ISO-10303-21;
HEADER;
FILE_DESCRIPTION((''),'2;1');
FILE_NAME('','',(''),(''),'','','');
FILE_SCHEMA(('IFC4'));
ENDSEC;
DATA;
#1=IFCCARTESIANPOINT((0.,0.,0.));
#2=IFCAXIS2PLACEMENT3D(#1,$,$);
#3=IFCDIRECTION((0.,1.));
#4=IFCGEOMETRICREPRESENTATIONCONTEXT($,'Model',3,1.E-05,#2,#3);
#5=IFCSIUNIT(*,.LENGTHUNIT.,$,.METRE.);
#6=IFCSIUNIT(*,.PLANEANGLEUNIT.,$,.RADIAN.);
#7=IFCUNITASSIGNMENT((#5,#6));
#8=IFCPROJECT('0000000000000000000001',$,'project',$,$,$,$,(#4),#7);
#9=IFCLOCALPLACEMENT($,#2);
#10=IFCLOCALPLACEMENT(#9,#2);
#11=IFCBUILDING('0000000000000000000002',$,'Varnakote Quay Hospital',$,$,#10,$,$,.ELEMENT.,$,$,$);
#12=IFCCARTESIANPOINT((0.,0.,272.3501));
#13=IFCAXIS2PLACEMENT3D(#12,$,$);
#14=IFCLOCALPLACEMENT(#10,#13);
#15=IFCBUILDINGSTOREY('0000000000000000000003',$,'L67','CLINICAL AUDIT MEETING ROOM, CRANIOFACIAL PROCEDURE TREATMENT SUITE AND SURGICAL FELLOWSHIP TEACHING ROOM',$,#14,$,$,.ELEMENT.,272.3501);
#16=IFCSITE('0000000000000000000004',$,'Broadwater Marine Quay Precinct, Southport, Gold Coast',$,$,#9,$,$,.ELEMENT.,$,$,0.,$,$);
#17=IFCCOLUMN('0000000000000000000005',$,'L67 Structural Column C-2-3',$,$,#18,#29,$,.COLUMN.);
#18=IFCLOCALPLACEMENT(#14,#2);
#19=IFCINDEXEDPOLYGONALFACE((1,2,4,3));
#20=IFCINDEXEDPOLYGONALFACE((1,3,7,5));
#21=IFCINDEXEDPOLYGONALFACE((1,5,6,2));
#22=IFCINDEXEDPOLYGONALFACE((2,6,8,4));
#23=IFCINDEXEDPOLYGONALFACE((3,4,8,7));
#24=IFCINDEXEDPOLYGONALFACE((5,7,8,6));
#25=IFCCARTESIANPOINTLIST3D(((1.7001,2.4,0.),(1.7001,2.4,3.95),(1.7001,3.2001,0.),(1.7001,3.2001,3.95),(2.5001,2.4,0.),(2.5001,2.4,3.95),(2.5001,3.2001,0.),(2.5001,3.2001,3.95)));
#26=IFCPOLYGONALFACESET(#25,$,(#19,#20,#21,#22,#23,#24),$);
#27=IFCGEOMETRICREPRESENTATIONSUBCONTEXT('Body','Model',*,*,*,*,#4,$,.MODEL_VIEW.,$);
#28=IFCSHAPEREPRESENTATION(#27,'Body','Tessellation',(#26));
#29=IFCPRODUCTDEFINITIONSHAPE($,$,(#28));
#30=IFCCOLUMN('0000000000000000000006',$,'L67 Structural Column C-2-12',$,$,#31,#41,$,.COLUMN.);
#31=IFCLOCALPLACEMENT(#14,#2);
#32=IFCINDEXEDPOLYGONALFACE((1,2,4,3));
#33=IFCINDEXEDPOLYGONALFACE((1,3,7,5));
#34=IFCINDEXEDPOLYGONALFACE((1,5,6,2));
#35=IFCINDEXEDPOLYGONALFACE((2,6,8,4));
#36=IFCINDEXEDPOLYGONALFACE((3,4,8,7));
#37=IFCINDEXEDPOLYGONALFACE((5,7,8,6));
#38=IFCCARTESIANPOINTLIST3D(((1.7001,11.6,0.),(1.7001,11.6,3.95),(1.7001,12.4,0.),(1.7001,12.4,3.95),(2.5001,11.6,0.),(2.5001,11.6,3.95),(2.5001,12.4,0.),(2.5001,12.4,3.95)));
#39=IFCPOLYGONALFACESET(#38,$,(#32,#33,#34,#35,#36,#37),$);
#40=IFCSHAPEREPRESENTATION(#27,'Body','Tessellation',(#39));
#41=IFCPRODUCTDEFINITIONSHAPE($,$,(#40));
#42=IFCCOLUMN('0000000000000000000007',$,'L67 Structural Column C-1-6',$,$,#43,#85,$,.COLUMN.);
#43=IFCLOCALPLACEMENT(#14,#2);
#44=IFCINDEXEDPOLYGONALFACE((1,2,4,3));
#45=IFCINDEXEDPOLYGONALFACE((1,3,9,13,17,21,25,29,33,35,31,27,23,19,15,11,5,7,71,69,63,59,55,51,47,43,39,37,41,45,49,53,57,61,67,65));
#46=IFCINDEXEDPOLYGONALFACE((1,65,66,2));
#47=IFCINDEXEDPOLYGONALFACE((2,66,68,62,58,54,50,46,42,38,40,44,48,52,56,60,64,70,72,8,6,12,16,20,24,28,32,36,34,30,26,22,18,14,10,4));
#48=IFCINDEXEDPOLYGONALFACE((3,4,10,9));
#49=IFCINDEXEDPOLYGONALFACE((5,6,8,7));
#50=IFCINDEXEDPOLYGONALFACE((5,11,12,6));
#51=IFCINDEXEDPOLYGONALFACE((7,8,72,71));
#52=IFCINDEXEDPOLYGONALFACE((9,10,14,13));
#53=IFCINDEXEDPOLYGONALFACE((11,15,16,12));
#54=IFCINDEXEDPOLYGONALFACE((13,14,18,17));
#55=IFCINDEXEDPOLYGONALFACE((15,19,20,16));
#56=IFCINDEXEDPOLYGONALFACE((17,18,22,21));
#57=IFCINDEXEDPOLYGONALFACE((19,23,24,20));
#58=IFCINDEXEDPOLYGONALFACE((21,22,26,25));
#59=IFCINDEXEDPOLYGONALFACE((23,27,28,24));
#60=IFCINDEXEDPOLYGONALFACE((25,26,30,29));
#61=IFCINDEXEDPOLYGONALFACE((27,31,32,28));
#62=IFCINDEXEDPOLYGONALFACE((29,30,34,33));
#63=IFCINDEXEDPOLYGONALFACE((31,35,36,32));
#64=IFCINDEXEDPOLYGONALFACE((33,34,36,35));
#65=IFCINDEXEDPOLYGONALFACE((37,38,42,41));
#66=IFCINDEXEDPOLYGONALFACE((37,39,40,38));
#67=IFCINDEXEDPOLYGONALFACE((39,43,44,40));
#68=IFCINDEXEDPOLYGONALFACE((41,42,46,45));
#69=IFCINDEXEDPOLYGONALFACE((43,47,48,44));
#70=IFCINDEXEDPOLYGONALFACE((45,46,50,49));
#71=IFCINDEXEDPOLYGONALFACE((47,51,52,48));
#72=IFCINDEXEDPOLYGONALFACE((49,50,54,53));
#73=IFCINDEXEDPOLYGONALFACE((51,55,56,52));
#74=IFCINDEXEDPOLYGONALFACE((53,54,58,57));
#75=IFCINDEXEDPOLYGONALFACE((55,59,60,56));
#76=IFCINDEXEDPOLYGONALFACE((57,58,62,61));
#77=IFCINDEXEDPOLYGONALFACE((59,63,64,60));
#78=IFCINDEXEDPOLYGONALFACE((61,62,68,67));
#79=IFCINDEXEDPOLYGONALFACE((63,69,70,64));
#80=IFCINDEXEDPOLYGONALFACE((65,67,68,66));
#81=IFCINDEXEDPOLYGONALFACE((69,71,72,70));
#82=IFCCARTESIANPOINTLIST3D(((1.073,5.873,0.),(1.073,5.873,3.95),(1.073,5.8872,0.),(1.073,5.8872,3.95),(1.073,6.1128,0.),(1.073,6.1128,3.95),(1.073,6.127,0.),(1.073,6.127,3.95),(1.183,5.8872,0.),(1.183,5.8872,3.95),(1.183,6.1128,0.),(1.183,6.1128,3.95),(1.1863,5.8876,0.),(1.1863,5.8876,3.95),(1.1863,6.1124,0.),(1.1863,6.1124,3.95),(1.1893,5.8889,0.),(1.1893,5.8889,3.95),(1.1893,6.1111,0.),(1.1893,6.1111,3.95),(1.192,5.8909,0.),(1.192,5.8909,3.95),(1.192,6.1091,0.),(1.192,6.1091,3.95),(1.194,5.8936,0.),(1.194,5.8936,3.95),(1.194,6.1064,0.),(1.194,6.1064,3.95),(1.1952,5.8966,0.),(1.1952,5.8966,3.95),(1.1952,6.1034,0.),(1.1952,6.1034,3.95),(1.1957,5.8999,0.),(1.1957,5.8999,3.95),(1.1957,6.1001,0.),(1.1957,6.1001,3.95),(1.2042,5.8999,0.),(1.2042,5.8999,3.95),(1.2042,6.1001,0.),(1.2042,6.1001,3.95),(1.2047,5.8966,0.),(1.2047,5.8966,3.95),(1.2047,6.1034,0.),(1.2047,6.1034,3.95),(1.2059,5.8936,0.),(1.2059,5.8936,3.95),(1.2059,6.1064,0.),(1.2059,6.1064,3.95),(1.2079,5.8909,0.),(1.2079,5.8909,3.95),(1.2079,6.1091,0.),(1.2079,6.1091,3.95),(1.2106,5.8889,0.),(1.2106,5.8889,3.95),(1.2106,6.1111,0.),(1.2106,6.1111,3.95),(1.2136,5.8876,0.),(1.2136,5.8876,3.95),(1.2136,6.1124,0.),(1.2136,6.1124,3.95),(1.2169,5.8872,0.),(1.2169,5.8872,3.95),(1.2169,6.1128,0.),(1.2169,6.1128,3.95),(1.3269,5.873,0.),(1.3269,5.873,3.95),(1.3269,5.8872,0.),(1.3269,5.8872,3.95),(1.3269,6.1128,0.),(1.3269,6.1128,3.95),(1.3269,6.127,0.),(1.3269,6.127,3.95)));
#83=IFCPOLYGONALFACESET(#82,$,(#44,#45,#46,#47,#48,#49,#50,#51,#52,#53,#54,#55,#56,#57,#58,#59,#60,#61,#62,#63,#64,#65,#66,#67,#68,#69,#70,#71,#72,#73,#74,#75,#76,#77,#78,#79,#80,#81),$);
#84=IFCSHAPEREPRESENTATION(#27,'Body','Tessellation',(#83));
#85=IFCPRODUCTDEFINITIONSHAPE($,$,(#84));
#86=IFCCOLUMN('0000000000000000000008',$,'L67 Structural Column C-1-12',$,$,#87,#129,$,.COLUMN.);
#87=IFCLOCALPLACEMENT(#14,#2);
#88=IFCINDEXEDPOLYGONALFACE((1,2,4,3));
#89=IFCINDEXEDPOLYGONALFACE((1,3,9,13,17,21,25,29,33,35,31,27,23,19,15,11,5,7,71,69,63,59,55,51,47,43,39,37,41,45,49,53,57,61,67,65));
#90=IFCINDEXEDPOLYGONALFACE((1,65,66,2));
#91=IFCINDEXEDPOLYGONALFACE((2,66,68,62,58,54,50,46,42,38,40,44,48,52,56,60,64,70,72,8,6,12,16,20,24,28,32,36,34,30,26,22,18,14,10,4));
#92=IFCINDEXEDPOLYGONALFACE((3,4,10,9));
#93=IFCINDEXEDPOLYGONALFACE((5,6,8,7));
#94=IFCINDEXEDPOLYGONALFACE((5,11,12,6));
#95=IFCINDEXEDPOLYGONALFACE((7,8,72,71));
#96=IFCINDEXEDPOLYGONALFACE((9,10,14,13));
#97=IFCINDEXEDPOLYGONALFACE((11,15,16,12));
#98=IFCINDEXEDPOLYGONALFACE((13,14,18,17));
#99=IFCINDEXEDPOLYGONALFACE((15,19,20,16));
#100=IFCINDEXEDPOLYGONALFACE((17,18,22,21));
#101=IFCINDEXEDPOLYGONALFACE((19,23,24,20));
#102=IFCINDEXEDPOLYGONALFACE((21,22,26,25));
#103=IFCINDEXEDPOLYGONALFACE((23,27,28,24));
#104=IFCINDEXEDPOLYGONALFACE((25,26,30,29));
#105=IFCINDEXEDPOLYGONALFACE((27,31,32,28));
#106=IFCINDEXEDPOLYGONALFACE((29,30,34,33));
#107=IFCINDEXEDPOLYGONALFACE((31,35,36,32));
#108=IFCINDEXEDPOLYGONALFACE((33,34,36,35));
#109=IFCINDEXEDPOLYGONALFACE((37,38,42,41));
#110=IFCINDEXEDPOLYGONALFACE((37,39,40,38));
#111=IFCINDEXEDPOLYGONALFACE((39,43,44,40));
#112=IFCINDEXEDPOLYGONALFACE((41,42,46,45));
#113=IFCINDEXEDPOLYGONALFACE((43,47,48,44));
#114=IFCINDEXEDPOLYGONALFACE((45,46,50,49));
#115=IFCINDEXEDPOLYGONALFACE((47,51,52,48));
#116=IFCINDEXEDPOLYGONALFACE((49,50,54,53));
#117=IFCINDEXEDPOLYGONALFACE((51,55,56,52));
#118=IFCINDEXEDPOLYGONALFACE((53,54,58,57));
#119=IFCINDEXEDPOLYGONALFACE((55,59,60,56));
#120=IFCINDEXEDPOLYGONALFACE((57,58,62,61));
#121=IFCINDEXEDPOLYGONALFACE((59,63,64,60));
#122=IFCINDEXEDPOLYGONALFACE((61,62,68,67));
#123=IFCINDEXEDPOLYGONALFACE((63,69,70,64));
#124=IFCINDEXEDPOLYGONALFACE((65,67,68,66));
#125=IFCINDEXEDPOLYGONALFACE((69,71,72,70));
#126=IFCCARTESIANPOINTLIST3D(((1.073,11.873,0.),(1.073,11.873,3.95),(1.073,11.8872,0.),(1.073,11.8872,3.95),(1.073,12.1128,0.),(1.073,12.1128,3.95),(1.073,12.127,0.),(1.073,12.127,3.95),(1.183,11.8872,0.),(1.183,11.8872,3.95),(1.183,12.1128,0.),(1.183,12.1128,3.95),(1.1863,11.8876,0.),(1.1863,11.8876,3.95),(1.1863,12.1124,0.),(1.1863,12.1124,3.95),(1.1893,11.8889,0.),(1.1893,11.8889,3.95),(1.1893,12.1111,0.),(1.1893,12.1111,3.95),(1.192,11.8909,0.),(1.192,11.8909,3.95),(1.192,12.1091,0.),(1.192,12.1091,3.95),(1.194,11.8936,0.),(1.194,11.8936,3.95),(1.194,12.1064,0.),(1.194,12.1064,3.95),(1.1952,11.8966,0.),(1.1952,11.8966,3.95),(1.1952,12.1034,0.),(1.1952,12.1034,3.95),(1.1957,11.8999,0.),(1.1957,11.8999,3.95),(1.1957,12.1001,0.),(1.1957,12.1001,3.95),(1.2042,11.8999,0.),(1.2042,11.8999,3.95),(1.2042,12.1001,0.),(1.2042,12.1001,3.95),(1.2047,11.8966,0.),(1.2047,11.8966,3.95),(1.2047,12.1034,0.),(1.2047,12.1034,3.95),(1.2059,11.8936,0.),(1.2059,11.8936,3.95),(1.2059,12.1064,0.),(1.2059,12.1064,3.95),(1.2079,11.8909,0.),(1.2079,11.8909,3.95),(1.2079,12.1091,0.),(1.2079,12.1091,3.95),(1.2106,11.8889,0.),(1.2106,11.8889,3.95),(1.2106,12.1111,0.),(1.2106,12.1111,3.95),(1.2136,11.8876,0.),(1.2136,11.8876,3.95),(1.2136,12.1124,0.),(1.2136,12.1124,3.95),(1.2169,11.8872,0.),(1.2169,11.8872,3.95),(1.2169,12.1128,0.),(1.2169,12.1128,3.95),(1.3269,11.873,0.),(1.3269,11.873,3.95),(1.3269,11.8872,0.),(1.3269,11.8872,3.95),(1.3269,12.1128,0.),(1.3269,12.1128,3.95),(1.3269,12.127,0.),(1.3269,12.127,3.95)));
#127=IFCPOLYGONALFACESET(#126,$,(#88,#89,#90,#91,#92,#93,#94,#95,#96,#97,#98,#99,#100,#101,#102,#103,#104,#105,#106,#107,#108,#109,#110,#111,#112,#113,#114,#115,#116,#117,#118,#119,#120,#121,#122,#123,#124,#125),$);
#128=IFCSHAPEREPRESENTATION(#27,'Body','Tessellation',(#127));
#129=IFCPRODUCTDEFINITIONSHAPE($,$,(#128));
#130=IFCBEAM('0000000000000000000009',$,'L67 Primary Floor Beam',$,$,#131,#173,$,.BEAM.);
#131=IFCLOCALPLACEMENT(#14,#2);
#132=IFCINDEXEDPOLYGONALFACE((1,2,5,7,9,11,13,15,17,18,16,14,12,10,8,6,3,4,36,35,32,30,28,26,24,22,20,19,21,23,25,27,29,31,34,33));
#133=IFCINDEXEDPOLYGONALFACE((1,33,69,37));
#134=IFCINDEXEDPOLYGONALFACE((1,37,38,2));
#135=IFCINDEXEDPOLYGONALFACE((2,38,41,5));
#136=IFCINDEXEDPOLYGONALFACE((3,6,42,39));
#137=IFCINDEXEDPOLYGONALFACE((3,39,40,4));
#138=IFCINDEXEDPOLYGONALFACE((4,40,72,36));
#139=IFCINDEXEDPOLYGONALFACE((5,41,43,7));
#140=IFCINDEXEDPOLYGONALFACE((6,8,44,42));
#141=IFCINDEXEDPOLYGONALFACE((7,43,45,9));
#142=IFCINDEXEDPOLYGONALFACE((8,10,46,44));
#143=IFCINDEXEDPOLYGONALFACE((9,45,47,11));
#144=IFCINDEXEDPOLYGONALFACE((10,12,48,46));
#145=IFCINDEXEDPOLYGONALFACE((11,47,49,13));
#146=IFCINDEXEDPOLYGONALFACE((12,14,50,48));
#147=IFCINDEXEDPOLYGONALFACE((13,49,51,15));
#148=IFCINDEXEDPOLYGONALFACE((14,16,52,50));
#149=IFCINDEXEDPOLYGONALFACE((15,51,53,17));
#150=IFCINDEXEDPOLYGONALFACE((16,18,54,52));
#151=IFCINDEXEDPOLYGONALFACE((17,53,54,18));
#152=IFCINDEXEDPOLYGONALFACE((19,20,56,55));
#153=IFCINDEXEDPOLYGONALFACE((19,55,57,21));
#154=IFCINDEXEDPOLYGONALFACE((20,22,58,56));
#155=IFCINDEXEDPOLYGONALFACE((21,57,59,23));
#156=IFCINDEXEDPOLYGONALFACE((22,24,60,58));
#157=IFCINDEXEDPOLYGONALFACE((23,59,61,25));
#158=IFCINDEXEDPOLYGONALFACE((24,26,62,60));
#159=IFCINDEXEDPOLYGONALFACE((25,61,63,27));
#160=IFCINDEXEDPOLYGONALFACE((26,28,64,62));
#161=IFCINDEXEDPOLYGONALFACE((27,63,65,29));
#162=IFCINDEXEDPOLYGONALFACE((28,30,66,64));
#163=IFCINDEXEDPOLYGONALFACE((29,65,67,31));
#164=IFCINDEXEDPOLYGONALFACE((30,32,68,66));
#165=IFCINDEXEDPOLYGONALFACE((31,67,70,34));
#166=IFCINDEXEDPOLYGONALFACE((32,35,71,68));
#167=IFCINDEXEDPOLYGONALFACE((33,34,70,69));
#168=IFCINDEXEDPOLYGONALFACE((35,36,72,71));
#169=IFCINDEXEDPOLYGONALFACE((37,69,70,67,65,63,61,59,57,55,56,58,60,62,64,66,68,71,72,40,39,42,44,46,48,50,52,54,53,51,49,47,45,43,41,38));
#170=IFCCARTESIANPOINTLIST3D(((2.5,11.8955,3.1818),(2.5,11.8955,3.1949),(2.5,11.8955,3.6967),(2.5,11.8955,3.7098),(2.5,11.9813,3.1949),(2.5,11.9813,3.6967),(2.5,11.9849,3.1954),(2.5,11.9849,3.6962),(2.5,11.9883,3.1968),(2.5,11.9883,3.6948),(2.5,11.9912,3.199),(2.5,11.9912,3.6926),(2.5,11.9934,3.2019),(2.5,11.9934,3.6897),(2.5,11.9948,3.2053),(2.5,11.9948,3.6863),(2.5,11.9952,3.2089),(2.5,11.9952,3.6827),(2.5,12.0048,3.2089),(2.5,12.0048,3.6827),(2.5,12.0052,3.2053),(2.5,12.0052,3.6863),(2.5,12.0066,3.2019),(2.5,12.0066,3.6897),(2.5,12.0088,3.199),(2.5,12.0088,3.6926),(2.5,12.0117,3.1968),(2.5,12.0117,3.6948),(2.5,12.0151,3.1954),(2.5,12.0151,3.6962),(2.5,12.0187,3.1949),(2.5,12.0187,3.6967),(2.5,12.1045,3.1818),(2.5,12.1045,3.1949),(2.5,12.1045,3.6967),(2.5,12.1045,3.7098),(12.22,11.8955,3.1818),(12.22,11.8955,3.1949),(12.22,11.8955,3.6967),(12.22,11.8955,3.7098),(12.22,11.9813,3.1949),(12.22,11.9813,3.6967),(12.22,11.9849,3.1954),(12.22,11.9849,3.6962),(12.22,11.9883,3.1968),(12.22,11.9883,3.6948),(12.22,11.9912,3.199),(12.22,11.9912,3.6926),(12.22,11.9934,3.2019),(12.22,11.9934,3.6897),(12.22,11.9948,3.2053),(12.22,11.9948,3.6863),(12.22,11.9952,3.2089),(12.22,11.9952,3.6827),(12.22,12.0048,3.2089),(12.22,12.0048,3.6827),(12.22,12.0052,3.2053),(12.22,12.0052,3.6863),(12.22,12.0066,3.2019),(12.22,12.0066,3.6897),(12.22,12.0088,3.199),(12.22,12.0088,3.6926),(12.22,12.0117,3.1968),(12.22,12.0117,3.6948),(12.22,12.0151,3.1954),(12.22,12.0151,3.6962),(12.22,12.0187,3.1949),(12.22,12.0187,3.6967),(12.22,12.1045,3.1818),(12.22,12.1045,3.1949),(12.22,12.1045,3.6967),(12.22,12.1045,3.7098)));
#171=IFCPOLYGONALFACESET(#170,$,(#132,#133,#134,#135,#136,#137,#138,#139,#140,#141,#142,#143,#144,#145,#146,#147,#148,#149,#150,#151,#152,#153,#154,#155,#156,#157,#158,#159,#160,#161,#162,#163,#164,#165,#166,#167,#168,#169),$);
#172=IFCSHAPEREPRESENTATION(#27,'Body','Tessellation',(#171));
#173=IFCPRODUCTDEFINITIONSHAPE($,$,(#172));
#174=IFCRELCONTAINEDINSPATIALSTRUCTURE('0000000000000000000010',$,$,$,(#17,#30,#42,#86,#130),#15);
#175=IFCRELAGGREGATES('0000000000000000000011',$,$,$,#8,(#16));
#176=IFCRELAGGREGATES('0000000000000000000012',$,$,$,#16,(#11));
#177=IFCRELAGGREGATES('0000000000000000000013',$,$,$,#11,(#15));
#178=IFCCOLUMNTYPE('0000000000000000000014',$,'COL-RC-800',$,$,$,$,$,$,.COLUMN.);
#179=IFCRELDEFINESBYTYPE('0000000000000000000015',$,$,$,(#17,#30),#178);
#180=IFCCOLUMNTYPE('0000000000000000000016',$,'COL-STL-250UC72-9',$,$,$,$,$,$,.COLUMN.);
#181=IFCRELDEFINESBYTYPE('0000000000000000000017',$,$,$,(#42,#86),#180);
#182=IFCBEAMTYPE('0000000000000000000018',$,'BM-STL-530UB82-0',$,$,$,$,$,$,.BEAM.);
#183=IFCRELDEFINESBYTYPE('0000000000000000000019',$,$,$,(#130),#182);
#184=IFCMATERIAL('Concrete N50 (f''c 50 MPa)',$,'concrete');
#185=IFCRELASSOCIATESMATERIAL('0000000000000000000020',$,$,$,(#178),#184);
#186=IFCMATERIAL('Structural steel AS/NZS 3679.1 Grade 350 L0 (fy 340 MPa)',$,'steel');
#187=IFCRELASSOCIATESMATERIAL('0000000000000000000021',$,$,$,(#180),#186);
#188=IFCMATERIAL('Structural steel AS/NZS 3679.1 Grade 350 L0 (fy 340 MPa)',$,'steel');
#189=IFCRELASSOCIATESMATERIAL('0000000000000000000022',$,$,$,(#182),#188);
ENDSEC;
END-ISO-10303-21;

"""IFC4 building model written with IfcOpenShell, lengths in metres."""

from ifc_helpers import new_model, si_unit, direction, frame, origin, origin_2d, place, context, subcontext, project, spatial, rectangle, i_section, extrude, material, material_profile, profile_set, type_object, element, save


model = new_model("IFC4")

# Units and contexts
model_context = context("Model", 3, precision=1e-05, world=origin(), true_north=direction((0.0, 1.0)))
body_context = subcontext(model_context, "Body", "Model", "MODEL_VIEW")
ifc_project = project(units=[si_unit("LENGTHUNIT", "METRE"), si_unit("PLANEANGLEUNIT", "RADIAN")], contexts=[model_context])

# Site, building, storey
site_placement = place(None, origin())
site = spatial("IfcSite", under=ifc_project, at=site_placement, Name="Broadwater Marine Quay Precinct, Southport, Gold Coast", CompositionType="ELEMENT", RefElevation=0.0)
building_placement = place(site_placement, origin())
building = spatial("IfcBuilding", under=site, at=building_placement, Name="Varnakote Quay Hospital", CompositionType="ELEMENT")
storey_placement = place(building_placement, frame((0.0, 0.0, 272.3501)))
storey = spatial("IfcBuildingStorey", under=building, at=storey_placement, Name="L67", Description="CLINICAL AUDIT MEETING ROOM, CRANIOFACIAL PROCEDURE TREATMENT SUITE AND SURGICAL FELLOWSHIP TEACHING ROOM", CompositionType="ELEMENT", Elevation=272.3501)

# Columns
ifc_material_1 = material(Name="Concrete N50 (f'c 50 MPa)", Category="concrete")
ifc_material_profile_1 = material_profile(ifc_material_1, rectangle(XDim=0.8, YDim=0.8, at=origin_2d()), Name="RC-COL-800x800")
ifc_profile_set_1 = profile_set([ifc_material_profile_1], Name="Concrete N50 (f'c 50 MPa)")
column_type_1 = type_object("IfcColumnType", Name="COL-RC-800", PredefinedType="COLUMN", material=ifc_profile_set_1)
for number, where, z_axis, x_axis, name in (
    (1, (2.1001, 2.8, 0.0), (0.0, 0.0, 1.0), (1.0, 0.0, 0.0), "L67 Structural Column C-2-3"),
    (2, (2.1001, 12.0, 0.0), (0.0, 0.0, 1.0), (1.0, 0.0, 0.0), "L67 Structural Column C-2-12"),
):
    element("IfcColumn", number, at=place(storey_placement, frame(where, z_axis=z_axis, x_axis=x_axis)), inside=storey, type_object=column_type_1, Name=name, PredefinedType="COLUMN", context=body_context, shape_type="SweptSolid", body=[
        extrude(rectangle(XDim=0.8, YDim=0.8, at=origin_2d()), origin(), (0.0, 0.0, 1.0), 3.95),
    ])
ifc_material_2 = material(Name="Structural steel AS/NZS 3679.1 Grade 350 L0 (fy 340 MPa)", Category="steel")
ifc_material_profile_2 = material_profile(ifc_material_2, i_section(OverallWidth=0.2539, OverallDepth=0.2539, WebThickness=0.0085, FlangeThickness=0.0142, FilletRadius=0.0127, at=origin_2d()), Name="250UC72.9")
ifc_profile_set_2 = profile_set([ifc_material_profile_2], Name="Structural steel AS/NZS 3679.1 Grade 350 L0 (fy 340 MPa)")
column_type_2 = type_object("IfcColumnType", Name="COL-STL-250UC72-9", PredefinedType="COLUMN", material=ifc_profile_set_2)
for number, where, z_axis, x_axis, name in (
    (3, (1.2, 6.0, 0.0), (0.0, 0.0, 1.0), (1.0, 0.0, 0.0), "L67 Structural Column C-1-6"),
    (4, (1.2, 12.0, 0.0), (0.0, 0.0, 1.0), (1.0, 0.0, 0.0), "L67 Structural Column C-1-12"),
):
    element("IfcColumn", number, at=place(storey_placement, frame(where, z_axis=z_axis, x_axis=x_axis)), inside=storey, type_object=column_type_2, Name=name, PredefinedType="COLUMN", context=body_context, shape_type="SweptSolid", body=[
        extrude(i_section(OverallWidth=0.2539, OverallDepth=0.2539, WebThickness=0.0085, FlangeThickness=0.0142, FilletRadius=0.0127, at=origin_2d()), origin(), (0.0, 0.0, 1.0), 3.95),
    ])

# Beam
ifc_material_3 = material(Name="Structural steel AS/NZS 3679.1 Grade 350 L0 (fy 340 MPa)", Category="steel")
ifc_material_profile_3 = material_profile(ifc_material_3, i_section(OverallWidth=0.209, OverallDepth=0.5281, WebThickness=0.0095, FlangeThickness=0.0132, FilletRadius=0.0139, at=origin_2d()), Name="530UB82.0")
ifc_profile_set_3 = profile_set([ifc_material_profile_3], Name="Structural steel AS/NZS 3679.1 Grade 350 L0 (fy 340 MPa)")
beam_type_1 = type_object("IfcBeamType", Name="BM-STL-530UB82-0", PredefinedType="BEAM", material=ifc_profile_set_3)
beam_1_placement = place(storey_placement, frame((2.5, 12.0, 3.4458), z_axis=(1.0, 0.0, 0.0), x_axis=(0.0, 1.0, 0.0)))
element("IfcBeam", 5, at=beam_1_placement, inside=storey, type_object=beam_type_1, Name="L67 Primary Floor Beam", PredefinedType="BEAM", context=body_context, shape_type="SweptSolid", body=[
    extrude(i_section(OverallWidth=0.209, OverallDepth=0.5281, WebThickness=0.0095, FlangeThickness=0.0132, FilletRadius=0.0139, at=origin_2d()), origin(), (0.0, 0.0, 1.0), 9.72),
])

save(model, "model.ifc")
